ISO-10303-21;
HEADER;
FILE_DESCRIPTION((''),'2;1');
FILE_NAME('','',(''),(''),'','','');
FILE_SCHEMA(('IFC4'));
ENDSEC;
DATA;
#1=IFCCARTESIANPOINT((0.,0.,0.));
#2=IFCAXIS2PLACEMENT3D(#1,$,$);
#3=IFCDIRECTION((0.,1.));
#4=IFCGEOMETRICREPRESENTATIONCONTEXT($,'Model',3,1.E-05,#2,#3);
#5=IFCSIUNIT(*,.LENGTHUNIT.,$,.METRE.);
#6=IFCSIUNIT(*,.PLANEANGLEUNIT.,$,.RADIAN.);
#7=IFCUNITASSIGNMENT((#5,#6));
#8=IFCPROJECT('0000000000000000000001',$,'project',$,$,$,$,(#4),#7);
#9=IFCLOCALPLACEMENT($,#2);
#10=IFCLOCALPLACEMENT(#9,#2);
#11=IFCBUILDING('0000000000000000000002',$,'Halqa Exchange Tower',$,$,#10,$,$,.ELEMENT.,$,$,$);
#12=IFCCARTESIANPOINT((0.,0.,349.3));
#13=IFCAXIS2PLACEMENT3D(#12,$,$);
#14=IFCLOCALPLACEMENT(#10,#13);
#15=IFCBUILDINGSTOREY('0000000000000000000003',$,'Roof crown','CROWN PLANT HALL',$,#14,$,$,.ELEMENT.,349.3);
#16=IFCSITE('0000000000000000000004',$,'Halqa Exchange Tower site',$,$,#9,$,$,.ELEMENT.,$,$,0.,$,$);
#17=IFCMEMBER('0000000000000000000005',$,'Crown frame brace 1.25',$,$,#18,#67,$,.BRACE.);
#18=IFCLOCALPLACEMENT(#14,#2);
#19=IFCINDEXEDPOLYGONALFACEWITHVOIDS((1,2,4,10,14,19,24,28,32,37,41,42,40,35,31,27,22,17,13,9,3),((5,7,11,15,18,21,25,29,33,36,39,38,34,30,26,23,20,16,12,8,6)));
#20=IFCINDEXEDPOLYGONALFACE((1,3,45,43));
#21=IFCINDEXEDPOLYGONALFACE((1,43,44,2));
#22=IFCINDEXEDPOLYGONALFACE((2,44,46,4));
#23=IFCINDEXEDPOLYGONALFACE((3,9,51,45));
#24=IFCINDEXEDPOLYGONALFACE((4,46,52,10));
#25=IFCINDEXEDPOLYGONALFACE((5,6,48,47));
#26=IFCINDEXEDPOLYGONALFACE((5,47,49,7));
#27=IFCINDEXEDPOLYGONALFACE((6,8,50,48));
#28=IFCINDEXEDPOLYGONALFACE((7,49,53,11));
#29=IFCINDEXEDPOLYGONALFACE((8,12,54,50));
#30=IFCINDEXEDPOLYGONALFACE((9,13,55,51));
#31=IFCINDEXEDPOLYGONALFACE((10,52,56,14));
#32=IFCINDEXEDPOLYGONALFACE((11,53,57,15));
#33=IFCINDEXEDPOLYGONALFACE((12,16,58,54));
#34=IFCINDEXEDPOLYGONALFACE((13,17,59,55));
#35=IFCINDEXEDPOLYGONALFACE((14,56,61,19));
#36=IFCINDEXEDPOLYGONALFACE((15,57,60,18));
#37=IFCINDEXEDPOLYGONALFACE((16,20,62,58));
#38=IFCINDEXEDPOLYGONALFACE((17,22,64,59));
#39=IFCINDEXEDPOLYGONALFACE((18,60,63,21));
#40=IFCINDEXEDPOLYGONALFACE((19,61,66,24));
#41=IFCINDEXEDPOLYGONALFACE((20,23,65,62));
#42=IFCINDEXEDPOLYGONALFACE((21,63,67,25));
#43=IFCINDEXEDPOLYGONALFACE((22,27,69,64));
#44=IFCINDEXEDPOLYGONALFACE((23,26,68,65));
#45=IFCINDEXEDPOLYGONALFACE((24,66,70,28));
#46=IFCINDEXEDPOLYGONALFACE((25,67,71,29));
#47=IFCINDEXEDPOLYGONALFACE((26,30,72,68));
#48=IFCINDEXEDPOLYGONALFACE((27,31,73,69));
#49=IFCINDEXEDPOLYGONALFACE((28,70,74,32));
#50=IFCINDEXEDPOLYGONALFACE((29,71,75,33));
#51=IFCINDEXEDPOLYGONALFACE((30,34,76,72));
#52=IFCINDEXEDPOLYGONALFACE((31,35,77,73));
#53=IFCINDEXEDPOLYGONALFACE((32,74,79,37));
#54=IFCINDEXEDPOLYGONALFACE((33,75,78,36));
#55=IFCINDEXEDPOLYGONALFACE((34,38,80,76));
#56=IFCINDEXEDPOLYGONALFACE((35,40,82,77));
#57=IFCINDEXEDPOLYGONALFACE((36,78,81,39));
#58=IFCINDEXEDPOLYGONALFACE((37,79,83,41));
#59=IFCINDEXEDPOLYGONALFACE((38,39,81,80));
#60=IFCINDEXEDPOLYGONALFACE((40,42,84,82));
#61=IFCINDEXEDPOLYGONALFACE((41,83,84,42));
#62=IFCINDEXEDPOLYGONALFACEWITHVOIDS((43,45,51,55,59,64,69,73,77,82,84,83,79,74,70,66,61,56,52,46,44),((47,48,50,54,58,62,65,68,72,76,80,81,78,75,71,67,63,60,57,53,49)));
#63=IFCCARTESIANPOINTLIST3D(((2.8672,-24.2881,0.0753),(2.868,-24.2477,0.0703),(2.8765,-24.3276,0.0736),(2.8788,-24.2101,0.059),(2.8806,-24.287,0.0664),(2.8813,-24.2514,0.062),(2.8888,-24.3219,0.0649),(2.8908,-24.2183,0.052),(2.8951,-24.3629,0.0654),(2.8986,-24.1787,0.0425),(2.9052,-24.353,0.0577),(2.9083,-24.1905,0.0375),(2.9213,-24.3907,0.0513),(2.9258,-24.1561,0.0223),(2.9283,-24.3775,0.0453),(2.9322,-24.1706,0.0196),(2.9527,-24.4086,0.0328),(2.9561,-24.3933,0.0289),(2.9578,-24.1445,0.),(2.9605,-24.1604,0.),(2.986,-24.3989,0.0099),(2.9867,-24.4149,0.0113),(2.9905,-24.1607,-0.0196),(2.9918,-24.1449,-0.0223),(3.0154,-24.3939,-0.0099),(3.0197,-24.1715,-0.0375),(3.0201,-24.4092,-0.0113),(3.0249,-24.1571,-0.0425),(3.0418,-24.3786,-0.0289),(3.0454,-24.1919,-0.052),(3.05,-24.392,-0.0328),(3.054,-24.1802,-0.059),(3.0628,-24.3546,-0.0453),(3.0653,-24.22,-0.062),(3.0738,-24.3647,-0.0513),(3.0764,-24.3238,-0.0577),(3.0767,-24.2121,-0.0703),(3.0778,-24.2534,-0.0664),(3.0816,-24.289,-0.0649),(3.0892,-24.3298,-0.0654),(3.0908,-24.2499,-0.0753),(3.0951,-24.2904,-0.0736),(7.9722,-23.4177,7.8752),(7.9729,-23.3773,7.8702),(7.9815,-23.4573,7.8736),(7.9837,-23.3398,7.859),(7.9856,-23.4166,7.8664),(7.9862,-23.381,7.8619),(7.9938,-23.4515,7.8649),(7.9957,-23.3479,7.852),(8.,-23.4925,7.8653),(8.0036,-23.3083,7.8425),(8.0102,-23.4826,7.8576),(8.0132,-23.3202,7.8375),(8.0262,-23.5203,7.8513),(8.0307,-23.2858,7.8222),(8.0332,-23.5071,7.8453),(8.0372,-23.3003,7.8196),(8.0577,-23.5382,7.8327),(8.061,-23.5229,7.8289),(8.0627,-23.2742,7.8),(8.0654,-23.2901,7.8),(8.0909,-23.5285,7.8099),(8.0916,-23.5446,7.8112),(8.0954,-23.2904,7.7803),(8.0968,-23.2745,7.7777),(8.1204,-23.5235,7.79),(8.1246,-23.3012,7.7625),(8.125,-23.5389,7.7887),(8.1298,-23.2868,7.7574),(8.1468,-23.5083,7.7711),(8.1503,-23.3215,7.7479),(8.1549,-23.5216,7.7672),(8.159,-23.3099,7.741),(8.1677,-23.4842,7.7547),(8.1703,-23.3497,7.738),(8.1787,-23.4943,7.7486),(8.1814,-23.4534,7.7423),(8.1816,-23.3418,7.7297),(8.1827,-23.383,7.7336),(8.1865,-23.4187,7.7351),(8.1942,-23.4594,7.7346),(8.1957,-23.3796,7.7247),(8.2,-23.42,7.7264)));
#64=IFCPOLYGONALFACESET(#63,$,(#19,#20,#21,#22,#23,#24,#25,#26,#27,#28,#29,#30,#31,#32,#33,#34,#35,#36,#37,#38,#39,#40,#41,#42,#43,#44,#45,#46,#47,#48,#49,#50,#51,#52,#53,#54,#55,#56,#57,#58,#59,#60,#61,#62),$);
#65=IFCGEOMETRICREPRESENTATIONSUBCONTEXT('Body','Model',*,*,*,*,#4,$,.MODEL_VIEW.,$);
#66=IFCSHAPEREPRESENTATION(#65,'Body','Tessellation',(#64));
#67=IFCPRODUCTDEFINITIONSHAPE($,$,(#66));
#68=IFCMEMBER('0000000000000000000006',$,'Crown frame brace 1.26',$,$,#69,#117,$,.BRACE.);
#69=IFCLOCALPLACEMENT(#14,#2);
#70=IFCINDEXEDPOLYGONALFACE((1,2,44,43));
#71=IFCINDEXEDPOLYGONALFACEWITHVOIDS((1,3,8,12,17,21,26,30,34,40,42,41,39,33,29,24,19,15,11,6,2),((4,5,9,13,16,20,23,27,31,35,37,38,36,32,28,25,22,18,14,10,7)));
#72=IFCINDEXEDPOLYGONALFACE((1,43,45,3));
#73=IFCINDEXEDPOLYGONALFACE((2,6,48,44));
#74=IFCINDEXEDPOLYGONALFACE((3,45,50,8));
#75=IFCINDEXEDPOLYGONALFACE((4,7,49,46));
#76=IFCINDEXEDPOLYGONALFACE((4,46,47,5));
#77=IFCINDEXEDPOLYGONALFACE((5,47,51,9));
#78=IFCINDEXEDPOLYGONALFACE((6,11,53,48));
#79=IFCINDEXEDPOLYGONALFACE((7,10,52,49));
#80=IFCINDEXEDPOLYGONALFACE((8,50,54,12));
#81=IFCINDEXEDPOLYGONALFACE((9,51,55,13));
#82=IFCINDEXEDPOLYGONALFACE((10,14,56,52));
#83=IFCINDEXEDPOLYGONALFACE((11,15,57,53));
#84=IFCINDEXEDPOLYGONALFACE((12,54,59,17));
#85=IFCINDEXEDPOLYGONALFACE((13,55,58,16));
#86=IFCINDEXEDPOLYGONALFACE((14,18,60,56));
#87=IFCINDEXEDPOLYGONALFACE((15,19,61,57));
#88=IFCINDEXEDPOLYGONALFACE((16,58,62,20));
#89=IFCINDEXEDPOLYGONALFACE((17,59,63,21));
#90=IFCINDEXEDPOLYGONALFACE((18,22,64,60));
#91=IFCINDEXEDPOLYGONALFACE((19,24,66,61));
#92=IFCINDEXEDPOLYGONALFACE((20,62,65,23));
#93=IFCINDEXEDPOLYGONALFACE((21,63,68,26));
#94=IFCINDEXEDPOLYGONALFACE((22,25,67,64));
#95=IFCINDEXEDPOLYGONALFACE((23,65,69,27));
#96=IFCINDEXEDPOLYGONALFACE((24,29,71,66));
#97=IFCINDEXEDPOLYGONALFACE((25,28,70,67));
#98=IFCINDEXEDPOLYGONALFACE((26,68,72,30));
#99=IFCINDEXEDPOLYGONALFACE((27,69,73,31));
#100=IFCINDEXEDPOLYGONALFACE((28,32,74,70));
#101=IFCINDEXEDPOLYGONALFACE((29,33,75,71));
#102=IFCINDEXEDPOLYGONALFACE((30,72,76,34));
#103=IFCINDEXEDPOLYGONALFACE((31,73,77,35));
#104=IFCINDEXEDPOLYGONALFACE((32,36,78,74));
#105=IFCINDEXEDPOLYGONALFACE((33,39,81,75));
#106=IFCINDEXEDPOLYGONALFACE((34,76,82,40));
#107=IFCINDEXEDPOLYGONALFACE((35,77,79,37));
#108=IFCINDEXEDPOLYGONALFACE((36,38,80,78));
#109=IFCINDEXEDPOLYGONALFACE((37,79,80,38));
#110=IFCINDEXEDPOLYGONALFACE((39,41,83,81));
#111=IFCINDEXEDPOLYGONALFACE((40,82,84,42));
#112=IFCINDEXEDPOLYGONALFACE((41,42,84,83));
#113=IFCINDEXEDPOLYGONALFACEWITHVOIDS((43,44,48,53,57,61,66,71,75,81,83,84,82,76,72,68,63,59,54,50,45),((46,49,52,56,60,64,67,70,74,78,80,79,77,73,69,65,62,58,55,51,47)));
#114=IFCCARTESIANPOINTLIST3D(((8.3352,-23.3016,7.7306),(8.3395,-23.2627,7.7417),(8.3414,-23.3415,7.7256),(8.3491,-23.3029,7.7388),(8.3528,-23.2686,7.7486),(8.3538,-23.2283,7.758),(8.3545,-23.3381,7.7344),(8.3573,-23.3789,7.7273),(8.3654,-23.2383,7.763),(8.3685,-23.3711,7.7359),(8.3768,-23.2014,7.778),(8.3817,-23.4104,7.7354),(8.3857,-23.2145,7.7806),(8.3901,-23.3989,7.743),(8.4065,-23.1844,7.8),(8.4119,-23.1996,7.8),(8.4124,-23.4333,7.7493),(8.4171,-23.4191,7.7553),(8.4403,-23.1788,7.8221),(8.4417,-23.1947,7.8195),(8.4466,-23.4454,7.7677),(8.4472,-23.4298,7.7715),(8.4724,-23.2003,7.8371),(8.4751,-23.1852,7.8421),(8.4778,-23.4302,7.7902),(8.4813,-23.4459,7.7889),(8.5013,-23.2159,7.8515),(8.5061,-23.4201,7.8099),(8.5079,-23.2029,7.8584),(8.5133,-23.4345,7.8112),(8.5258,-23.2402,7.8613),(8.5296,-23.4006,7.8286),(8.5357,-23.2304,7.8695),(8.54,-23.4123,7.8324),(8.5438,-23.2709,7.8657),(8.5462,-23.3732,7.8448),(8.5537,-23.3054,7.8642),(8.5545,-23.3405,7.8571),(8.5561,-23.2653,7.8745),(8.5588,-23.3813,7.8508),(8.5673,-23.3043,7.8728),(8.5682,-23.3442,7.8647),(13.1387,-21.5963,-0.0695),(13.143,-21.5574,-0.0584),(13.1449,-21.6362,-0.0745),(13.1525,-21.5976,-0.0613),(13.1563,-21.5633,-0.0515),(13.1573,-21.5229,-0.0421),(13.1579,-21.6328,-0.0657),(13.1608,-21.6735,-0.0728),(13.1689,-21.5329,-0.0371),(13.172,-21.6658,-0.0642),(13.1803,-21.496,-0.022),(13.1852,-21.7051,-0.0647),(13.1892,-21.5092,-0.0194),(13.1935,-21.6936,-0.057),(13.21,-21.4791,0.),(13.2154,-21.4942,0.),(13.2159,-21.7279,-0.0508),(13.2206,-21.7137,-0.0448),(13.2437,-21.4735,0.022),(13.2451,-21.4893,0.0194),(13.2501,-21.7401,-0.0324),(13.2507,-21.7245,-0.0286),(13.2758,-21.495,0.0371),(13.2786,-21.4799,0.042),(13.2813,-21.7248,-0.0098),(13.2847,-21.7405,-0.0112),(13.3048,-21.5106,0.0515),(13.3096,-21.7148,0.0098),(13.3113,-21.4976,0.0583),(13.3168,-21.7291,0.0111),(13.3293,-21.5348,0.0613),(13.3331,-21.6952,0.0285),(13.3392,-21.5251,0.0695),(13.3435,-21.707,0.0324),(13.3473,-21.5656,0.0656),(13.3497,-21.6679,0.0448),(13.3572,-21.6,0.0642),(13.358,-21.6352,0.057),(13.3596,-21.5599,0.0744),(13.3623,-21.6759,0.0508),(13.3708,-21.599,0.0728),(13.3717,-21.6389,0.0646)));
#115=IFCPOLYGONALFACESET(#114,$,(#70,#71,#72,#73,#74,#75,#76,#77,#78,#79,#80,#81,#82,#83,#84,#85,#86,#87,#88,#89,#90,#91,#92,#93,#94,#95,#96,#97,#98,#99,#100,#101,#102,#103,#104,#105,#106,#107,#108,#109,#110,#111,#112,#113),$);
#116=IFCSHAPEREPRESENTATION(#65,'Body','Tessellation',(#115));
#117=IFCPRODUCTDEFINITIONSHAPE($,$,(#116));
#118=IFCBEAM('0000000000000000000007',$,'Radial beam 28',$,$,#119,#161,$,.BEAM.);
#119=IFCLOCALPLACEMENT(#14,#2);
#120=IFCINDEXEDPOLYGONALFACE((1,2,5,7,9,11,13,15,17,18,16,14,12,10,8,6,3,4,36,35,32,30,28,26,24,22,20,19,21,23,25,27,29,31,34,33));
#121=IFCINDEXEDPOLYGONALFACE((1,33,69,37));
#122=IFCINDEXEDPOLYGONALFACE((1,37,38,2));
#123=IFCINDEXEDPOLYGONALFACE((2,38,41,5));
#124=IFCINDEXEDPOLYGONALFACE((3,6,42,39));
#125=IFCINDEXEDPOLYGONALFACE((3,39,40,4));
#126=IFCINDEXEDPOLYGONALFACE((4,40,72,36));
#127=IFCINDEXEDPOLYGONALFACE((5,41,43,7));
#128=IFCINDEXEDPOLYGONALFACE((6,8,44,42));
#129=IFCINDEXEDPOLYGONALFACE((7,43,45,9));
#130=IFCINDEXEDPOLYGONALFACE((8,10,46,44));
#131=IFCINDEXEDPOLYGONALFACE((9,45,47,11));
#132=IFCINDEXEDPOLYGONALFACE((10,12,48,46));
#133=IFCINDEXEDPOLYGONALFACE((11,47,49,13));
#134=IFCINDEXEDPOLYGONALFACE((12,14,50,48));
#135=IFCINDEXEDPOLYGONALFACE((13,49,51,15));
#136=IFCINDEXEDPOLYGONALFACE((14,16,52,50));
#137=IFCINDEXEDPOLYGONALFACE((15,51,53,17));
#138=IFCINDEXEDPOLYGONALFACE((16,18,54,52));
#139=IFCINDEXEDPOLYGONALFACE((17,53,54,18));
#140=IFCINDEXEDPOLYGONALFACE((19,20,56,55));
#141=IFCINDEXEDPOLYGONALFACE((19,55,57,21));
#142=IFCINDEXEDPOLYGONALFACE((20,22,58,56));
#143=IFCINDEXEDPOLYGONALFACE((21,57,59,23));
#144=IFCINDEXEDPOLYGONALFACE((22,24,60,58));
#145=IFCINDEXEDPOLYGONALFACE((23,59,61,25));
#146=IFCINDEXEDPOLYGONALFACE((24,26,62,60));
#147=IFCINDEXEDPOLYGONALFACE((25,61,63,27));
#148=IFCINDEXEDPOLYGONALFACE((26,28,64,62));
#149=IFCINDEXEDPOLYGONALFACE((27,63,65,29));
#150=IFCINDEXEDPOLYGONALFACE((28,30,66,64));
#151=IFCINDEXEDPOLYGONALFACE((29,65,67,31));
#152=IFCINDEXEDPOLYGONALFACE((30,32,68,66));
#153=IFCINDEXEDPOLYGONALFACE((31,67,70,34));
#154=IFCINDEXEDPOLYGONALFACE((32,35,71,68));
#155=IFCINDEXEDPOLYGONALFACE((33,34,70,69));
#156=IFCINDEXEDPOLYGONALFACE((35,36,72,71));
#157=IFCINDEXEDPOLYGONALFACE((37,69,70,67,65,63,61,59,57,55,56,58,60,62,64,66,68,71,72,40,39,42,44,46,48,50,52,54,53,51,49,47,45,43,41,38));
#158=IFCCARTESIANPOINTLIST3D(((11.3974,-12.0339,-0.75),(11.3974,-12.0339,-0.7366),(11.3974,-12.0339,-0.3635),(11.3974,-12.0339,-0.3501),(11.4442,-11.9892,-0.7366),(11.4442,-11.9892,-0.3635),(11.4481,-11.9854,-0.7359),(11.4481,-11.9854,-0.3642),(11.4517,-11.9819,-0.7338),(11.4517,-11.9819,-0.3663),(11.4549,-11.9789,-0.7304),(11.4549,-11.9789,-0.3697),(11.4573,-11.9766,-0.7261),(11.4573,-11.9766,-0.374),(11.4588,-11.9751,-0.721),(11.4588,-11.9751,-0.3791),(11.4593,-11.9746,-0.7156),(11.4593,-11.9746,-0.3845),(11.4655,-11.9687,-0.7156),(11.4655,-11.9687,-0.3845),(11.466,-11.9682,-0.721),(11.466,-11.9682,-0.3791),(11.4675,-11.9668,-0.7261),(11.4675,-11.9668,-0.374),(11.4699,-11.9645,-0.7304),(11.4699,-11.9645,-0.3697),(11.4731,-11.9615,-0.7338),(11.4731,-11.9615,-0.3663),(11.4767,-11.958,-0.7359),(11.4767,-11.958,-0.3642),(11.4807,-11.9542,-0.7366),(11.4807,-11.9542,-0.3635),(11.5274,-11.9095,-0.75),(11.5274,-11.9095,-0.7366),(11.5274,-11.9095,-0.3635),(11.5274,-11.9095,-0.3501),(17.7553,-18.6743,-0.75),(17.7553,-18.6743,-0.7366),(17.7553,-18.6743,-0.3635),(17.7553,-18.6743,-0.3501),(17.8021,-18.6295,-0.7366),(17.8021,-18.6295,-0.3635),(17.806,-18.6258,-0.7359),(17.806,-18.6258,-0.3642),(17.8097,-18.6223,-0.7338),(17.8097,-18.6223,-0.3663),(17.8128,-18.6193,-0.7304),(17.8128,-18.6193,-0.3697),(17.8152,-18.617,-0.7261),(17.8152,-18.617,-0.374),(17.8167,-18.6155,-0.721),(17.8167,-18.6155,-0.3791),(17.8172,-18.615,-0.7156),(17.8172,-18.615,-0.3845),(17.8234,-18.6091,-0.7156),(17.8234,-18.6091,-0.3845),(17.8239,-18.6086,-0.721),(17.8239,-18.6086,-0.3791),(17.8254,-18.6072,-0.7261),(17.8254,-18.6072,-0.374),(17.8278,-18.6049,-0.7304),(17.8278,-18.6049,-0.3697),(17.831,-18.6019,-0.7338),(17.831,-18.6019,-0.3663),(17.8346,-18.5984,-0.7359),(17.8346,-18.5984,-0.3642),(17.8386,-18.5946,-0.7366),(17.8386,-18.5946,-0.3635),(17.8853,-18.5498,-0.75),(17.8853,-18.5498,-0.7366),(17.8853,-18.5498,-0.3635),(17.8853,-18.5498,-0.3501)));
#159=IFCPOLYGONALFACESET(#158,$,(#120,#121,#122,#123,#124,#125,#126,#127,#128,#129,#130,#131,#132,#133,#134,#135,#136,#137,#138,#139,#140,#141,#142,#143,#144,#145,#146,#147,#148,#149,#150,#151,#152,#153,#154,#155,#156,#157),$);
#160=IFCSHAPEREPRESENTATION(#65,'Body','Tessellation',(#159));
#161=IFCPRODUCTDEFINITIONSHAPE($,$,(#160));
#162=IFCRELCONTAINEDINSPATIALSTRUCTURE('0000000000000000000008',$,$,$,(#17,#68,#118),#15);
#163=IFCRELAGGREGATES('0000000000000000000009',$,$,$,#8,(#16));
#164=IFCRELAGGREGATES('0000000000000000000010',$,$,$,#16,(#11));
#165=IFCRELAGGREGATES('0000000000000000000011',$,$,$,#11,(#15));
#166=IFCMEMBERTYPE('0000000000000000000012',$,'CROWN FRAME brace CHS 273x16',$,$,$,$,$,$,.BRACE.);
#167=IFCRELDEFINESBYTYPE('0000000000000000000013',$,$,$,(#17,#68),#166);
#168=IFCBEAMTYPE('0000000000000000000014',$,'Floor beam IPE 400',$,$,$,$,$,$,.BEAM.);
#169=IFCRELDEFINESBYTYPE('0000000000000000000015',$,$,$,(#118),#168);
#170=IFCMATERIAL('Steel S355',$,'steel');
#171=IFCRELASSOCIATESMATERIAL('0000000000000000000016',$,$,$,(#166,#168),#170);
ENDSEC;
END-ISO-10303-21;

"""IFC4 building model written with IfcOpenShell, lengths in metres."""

from ifc_helpers import new_model, si_unit, direction, frame, origin, origin_2d, place, context, subcontext, project, spatial, hollow_circle, i_section, extrude, material, material_profile, profile_set, type_object, element, save


model = new_model("IFC4")

# Units and contexts
model_context = context("Model", 3, precision=1e-05, world=origin(), true_north=direction((0.0, 1.0)))
body_context = subcontext(model_context, "Body", "Model", "MODEL_VIEW")
ifc_project = project(units=[si_unit("LENGTHUNIT", "METRE"), si_unit("PLANEANGLEUNIT", "RADIAN")], contexts=[model_context])

# Site, building, storey
site_placement = place(None, origin())
site = spatial("IfcSite", under=ifc_project, at=site_placement, Name="Halqa Exchange Tower site", CompositionType="ELEMENT", RefElevation=0.0)
building_placement = place(site_placement, origin())
building = spatial("IfcBuilding", under=site, at=building_placement, Name="Halqa Exchange Tower", CompositionType="ELEMENT")
storey_placement = place(building_placement, frame((0.0, 0.0, 349.3)))
storey = spatial("IfcBuildingStorey", under=building, at=storey_placement, Name="Roof crown", Description="CROWN PLANT HALL", CompositionType="ELEMENT", Elevation=349.3)

# Shared definitions
ifc_material_1 = material(Name="Steel S355", Category="steel")

# Members
ifc_material_profile_1 = material_profile(ifc_material_1, hollow_circle(Radius=0.1365, WallThickness=0.0161, at=origin_2d()), Name="CHS 273x16")
ifc_profile_set_1 = profile_set([ifc_material_profile_1], Name="Steel S355")
member_type = type_object("IfcMemberType", Name="CROWN FRAME brace CHS 273x16", PredefinedType="BRACE", material=ifc_profile_set_1)
member_1_placement = place(storey_placement, frame((2.9807, -24.2791, 0.0), z_axis=(0.54525, 0.092961, 0.833103), x_axis=(-0.168067, 0.985776, 0.0)))
element("IfcMember", 1, at=member_1_placement, inside=storey, type_object=member_type, Name="Crown frame brace 1.25", PredefinedType="BRACE", context=body_context, shape_type="SweptSolid", body=[
    extrude(hollow_circle(Radius=0.1365, WallThickness=0.0161, at=origin_2d()), origin(), (0.0, 0.0, 1.0), 9.3625),
])
member_2_placement = place(storey_placement, frame((8.4521, -23.313, 7.8), z_axis=(0.515513, 0.183017, -0.837109), x_axis=(-0.334561, 0.942374, 0.0)))
element("IfcMember", 2, at=member_2_placement, inside=storey, type_object=member_type, Name="Crown frame brace 1.26", PredefinedType="BRACE", context=body_context, shape_type="SweptSolid", body=[
    extrude(hollow_circle(Radius=0.1365, WallThickness=0.0161, at=origin_2d()), origin(), (0.0, 0.0, 1.0), 9.3179),
])

# Beam
ifc_material_profile_2 = material_profile(ifc_material_1, i_section(OverallWidth=0.1799, OverallDepth=0.3999, WebThickness=0.0085, FlangeThickness=0.0134, FilletRadius=0.021, at=origin_2d()), Name="IPE 400")
ifc_profile_set_2 = profile_set([ifc_material_profile_2], Name="Steel S355")
beam_type_1 = type_object("IfcBeamType", Name="Floor beam IPE 400", PredefinedType="BEAM", material=ifc_profile_set_2)
beam_1_placement = place(storey_placement, frame((11.4624, -11.9717, -0.55), z_axis=(0.691577, -0.722303, 0.0), x_axis=(0.722303, 0.691577, 0.0)))
element("IfcBeam", 3, at=beam_1_placement, inside=storey, type_object=beam_type_1, Name="Radial beam 28", PredefinedType="BEAM", context=body_context, shape_type="SweptSolid", body=[
    extrude(i_section(OverallWidth=0.1799, OverallDepth=0.3999, WebThickness=0.0085, FlangeThickness=0.0134, FilletRadius=0.021, at=origin_2d()), origin(), (0.0, 0.0, 1.0), 9.1934),
])

save(model, "model.ifc")
